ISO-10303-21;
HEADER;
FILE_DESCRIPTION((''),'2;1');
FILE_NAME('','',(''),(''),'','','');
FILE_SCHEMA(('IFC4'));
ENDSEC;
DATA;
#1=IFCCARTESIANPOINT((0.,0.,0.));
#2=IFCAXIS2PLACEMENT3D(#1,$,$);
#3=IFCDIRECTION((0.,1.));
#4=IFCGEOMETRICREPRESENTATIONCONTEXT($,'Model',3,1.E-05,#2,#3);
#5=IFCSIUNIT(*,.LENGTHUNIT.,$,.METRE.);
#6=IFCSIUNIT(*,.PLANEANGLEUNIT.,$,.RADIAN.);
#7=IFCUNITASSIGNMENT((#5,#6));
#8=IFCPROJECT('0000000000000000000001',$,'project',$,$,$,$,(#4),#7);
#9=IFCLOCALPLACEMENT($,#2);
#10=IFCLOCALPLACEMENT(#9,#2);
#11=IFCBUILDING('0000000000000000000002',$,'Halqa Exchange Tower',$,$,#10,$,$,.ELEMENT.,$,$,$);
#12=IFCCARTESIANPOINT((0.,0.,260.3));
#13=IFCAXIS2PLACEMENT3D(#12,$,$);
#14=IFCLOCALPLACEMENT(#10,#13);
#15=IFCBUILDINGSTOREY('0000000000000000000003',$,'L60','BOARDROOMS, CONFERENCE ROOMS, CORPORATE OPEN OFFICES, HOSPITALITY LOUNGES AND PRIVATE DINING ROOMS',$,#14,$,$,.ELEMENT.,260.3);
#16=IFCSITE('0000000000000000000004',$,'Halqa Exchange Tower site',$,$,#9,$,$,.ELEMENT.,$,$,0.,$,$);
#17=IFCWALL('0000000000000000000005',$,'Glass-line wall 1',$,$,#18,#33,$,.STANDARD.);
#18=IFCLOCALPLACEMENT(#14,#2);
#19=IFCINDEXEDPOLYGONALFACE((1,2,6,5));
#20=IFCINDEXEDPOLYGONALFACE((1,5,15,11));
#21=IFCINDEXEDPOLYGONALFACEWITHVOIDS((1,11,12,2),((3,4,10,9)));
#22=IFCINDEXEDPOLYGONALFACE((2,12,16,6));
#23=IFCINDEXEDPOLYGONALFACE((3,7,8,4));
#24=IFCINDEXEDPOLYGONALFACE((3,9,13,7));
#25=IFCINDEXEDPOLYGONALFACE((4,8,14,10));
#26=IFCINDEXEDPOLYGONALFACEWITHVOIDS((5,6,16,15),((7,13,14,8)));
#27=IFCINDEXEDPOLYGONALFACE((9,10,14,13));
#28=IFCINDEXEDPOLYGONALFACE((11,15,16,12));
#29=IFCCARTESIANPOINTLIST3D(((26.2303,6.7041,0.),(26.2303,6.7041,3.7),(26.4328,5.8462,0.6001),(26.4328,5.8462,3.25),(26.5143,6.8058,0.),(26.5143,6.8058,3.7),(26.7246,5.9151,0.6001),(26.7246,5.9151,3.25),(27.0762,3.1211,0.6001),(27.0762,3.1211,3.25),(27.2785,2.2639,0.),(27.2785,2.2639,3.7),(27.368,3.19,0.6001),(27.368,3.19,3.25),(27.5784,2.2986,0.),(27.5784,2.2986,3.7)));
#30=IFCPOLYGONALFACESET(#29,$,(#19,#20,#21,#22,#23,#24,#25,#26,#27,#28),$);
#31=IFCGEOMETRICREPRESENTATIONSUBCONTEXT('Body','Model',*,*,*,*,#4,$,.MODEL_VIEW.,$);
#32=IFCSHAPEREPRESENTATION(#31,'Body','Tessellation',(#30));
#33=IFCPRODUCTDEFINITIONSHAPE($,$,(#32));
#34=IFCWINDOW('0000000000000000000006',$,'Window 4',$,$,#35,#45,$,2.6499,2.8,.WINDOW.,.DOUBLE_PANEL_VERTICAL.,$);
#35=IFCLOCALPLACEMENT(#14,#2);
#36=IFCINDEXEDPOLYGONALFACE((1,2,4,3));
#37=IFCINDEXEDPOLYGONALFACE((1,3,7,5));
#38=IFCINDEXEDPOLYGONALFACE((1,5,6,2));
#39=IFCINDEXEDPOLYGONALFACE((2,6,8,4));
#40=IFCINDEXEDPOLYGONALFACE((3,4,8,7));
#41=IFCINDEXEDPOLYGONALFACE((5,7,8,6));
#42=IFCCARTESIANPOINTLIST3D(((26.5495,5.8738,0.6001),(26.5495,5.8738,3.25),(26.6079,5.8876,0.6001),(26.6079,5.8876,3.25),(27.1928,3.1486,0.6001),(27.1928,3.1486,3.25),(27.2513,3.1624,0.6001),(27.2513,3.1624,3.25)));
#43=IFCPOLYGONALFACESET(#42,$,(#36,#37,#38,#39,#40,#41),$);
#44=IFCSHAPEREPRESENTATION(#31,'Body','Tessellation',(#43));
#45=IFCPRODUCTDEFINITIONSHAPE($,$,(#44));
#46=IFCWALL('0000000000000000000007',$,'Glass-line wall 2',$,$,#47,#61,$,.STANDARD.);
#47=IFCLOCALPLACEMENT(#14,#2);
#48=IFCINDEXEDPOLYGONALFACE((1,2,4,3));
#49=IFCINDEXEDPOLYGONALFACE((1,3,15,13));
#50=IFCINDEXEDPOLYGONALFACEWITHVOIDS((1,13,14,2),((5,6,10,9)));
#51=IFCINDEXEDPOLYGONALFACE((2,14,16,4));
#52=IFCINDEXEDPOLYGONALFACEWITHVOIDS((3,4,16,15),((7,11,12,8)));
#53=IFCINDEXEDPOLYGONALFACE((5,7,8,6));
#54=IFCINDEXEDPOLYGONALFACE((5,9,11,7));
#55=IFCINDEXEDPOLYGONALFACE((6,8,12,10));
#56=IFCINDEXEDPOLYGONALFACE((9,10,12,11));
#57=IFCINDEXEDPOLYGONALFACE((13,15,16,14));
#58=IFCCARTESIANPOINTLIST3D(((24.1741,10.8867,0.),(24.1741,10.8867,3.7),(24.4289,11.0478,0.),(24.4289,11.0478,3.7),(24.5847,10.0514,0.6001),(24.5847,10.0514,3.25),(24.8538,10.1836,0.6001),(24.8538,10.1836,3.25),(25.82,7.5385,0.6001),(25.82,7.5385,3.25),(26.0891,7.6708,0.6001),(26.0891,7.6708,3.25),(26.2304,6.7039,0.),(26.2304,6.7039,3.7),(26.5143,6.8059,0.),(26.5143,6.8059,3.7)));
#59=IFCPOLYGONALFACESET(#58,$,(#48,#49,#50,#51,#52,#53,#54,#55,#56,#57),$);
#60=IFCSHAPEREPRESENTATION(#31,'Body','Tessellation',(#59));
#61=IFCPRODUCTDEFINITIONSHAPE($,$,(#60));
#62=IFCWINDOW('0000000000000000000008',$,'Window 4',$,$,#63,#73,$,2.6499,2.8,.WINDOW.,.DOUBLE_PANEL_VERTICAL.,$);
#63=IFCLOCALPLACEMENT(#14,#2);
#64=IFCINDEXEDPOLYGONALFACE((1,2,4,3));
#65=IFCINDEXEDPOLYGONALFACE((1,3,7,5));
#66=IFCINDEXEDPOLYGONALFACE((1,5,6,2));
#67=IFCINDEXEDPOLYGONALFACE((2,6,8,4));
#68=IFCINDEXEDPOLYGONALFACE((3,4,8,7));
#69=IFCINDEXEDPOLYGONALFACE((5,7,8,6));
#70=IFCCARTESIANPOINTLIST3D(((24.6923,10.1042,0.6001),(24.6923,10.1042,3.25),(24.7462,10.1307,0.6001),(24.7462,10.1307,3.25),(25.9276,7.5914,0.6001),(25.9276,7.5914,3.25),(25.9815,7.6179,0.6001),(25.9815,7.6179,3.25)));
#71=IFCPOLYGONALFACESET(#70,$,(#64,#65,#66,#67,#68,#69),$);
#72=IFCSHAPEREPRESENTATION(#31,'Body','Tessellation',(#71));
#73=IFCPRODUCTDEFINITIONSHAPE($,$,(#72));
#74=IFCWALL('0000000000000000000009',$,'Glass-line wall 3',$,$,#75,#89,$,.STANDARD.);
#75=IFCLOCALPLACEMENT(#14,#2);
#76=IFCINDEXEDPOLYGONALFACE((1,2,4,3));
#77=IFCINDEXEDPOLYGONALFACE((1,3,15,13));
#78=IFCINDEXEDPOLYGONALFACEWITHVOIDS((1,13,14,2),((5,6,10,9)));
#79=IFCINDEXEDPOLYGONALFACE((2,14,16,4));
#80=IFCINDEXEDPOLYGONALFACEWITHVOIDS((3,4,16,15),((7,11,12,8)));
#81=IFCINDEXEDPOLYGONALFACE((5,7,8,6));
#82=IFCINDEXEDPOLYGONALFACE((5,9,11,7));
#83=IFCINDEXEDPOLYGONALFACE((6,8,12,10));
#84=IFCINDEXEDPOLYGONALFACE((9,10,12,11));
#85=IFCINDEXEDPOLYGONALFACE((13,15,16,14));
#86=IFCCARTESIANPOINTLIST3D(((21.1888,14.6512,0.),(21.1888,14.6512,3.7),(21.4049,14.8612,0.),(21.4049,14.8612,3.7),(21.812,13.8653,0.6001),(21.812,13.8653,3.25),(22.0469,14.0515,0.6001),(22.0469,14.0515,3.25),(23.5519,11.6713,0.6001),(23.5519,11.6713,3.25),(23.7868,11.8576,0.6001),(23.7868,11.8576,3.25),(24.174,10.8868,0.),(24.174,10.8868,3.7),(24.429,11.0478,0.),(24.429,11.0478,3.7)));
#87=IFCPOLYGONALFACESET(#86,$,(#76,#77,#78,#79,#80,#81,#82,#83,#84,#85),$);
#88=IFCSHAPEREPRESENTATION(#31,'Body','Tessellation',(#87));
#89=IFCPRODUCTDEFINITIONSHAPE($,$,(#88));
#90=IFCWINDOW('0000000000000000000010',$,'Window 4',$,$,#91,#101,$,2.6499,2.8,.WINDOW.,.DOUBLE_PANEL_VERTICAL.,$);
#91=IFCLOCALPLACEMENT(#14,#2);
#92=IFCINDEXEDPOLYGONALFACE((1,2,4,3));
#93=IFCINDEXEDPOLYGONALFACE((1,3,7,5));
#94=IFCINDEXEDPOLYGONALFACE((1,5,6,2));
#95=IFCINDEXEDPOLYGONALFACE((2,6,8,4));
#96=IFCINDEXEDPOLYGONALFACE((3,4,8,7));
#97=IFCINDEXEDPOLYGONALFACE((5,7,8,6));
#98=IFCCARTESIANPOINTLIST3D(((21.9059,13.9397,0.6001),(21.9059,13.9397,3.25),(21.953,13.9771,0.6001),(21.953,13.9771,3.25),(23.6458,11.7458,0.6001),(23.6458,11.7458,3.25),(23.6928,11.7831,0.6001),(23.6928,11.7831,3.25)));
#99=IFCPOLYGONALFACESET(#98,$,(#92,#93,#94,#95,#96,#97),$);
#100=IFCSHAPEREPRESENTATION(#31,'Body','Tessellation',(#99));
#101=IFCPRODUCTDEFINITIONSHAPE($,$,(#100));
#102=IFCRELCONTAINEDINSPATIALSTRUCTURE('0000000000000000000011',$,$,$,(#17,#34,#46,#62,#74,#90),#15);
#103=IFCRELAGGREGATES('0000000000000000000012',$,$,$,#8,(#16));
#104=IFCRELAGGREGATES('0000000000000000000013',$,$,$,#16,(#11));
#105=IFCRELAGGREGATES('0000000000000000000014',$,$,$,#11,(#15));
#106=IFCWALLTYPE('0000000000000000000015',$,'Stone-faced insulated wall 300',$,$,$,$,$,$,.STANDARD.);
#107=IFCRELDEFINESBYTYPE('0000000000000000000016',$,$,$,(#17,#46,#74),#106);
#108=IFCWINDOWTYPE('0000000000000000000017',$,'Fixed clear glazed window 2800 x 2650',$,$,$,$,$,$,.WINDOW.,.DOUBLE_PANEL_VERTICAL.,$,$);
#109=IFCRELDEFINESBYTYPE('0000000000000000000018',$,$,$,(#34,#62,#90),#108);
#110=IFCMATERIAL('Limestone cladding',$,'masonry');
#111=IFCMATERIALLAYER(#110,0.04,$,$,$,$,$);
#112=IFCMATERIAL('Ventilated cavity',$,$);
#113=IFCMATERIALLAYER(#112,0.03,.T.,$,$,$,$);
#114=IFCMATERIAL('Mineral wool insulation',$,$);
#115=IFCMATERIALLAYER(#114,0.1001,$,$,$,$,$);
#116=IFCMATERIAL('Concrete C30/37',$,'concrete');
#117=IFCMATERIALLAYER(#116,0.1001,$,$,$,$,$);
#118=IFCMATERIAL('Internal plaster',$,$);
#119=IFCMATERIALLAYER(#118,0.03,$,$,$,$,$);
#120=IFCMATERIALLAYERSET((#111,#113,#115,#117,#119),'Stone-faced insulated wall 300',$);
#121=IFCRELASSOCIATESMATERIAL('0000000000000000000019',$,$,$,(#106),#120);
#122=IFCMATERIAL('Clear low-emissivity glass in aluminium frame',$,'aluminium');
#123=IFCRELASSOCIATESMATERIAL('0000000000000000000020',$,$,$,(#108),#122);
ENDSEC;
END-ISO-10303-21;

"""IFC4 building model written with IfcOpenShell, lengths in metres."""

from ifc_helpers import new_model, si_unit, direction, frame, frame_2d, origin, place, context, subcontext, project, spatial, polyline, rectangle, outline, extrude, material, layer, layer_set, type_object, element, fill, save


model = new_model("IFC4")

# Units and contexts
model_context = context("Model", 3, precision=1e-05, world=origin(), true_north=direction((0.0, 1.0)))
body_context = subcontext(model_context, "Body", "Model", "MODEL_VIEW")
ifc_project = project(units=[si_unit("LENGTHUNIT", "METRE"), si_unit("PLANEANGLEUNIT", "RADIAN")], contexts=[model_context])

# Site, building, storey
site_placement = place(None, origin())
site = spatial("IfcSite", under=ifc_project, at=site_placement, Name="Halqa Exchange Tower site", CompositionType="ELEMENT", RefElevation=0.0)
building_placement = place(site_placement, origin())
building = spatial("IfcBuilding", under=site, at=building_placement, Name="Halqa Exchange Tower", CompositionType="ELEMENT")
storey_placement = place(building_placement, frame((0.0, 0.0, 260.3)))
storey = spatial("IfcBuildingStorey", under=building, at=storey_placement, Name="L60", Description="BOARDROOMS, CONFERENCE ROOMS, CORPORATE OPEN OFFICES, HOSPITALITY LOUNGES AND PRIVATE DINING ROOMS", CompositionType="ELEMENT", Elevation=260.3)

# Walls, openings, windows
ifc_material_1 = material(Name="Limestone cladding", Category="masonry")
ifc_layer_1 = layer(ifc_material_1, 0.04)
ifc_material_2 = material(Name="Ventilated cavity")
ifc_layer_2 = layer(ifc_material_2, 0.03, ventilated=True)
ifc_material_3 = material(Name="Mineral wool insulation")
ifc_layer_3 = layer(ifc_material_3, 0.1001)
ifc_material_4 = material(Name="Concrete C30/37", Category="concrete")
ifc_layer_4 = layer(ifc_material_4, 0.1001)
ifc_material_5 = material(Name="Internal plaster")
ifc_layer_5 = layer(ifc_material_5, 0.03)
ifc_layer_set_1 = layer_set([ifc_layer_1, ifc_layer_2, ifc_layer_3, ifc_layer_4, ifc_layer_5], Name="Stone-faced insulated wall 300")
wall_type_1 = type_object("IfcWallType", Name="Stone-faced insulated wall 300", PredefinedType="STANDARD", material=ifc_layer_set_1)
wall_1_placement = place(storey_placement, frame((27.4285, 2.2812, 0.0), z_axis=(0.0, 0.0, 1.0), x_axis=(-0.229768, 0.973246, 0.0)))
wall_1 = element("IfcWall", 1, at=wall_1_placement, inside=storey, type_object=wall_type_1, Name="Glass-line wall 1", PredefinedType="STANDARD", context=body_context, shape_type="SweptSolid", body=[
    extrude(outline(polyline([(-0.0176, -0.1499), (4.6135, -0.1499), (4.5798, 0.1499), (0.0176, 0.1499), (-0.0176, -0.1499)])), origin(), (0.0, 0.0, 1.0), 3.7),
])
opening_1_placement = place(wall_1_placement, frame((0.8984, 0.0, 0.6001)))
opening_1 = element("IfcOpeningElement", 2, at=opening_1_placement, cuts=wall_1, PredefinedType="OPENING", context=body_context, shape_type="SweptSolid", body=[
    extrude(rectangle(XDim=2.8, YDim=2.6499, at=frame_2d((1.3999, 1.325))), frame((0.0, 0.1621, 0.0), z_axis=(0.0, -1.0, 0.0), x_axis=(1.0, 0.0, 0.0)), (0.0, 0.0, 1.0), 0.324),
])
ifc_material_6 = material(Name="Clear low-emissivity glass in aluminium frame", Category="aluminium")
window_type = type_object("IfcWindowType", Name="Fixed clear glazed window 2800 x 2650", PartitioningType="DOUBLE_PANEL_VERTICAL", PredefinedType="WINDOW", material=ifc_material_6)
window_1_placement = place(opening_1_placement, origin())
window_1 = element("IfcWindow", 3, at=window_1_placement, inside=storey, type_object=window_type, Name="Window 4", OverallHeight=2.6499, OverallWidth=2.8, PartitioningType="DOUBLE_PANEL_VERTICAL", PredefinedType="WINDOW", context=body_context, shape_type="SweptSolid", body=[
    extrude(rectangle(XDim=2.8, YDim=2.6499, at=frame_2d((1.3999, 1.325))), frame((0.0, 0.03, 0.0), z_axis=(0.0, -1.0, 0.0), x_axis=(1.0, 0.0, 0.0)), (0.0, 0.0, 1.0), 0.0601),
])
fill(opening_1, window_1)
wall_2_placement = place(storey_placement, frame((26.3723, 6.7549, 0.0), z_axis=(0.0, 0.0, 1.0), x_axis=(-0.44117, 0.897424, 0.0)))
wall_2 = element("IfcWall", 4, at=wall_2_placement, inside=storey, type_object=wall_type_1, Name="Glass-line wall 2", PredefinedType="STANDARD", context=body_context, shape_type="SweptSolid", body=[
    extrude(outline(polyline([(-0.0168, -0.1499), (4.71, -0.1499), (4.6777, 0.1499), (0.0168, 0.1499), (-0.0168, -0.1499)])), origin(), (0.0, 0.0, 1.0), 3.7),
])
opening_2_placement = place(wall_2_placement, frame((0.947, 0.0, 0.6001)))
opening_2 = element("IfcOpeningElement", 5, at=opening_2_placement, cuts=wall_2, PredefinedType="OPENING", context=body_context, shape_type="SweptSolid", body=[
    extrude(rectangle(XDim=2.8, YDim=2.6499, at=frame_2d((1.3999, 1.325))), frame((0.0, 0.1621, 0.0), z_axis=(0.0, -1.0, 0.0), x_axis=(1.0, 0.0, 0.0)), (0.0, 0.0, 1.0), 0.324),
])
window_2_placement = place(opening_2_placement, origin())
window_2 = element("IfcWindow", 6, at=window_2_placement, inside=storey, type_object=window_type, Name="Window 4", OverallHeight=2.6499, OverallWidth=2.8, PartitioningType="DOUBLE_PANEL_VERTICAL", PredefinedType="WINDOW", context=body_context, shape_type="SweptSolid", body=[
    extrude(rectangle(XDim=2.8, YDim=2.6499, at=frame_2d((1.3999, 1.325))), frame((0.0, 0.03, 0.0), z_axis=(0.0, -1.0, 0.0), x_axis=(1.0, 0.0, 0.0)), (0.0, 0.0, 1.0), 0.0601),
])
fill(opening_2, window_2)
wall_3_placement = place(storey_placement, frame((24.3015, 10.9673, 0.0), z_axis=(0.0, 0.0, 1.0), x_axis=(-0.621358, 0.783526, 0.0)))
wall_3 = element("IfcWall", 7, at=wall_3_placement, inside=storey, type_object=wall_type_1, Name="Glass-line wall 3", PredefinedType="STANDARD", context=body_context, shape_type="SweptSolid", body=[
    extrude(outline(polyline([(-0.0161, -0.1499), (4.8508, -0.1499), (4.8206, 0.1499), (0.0161, 0.1499), (-0.0161, -0.1499)])), origin(), (0.0, 0.0, 1.0), 3.7),
])
opening_3_placement = place(wall_3_placement, frame((1.0176, 0.0, 0.6001)))
opening_3 = element("IfcOpeningElement", 8, at=opening_3_placement, cuts=wall_3, PredefinedType="OPENING", context=body_context, shape_type="SweptSolid", body=[
    extrude(rectangle(XDim=2.8, YDim=2.6499, at=frame_2d((1.3999, 1.325))), frame((0.0, 0.1621, 0.0), z_axis=(0.0, -1.0, 0.0), x_axis=(1.0, 0.0, 0.0)), (0.0, 0.0, 1.0), 0.324),
])
window_3_placement = place(opening_3_placement, origin())
window_3 = element("IfcWindow", 9, at=window_3_placement, inside=storey, type_object=window_type, Name="Window 4", OverallHeight=2.6499, OverallWidth=2.8, PartitioningType="DOUBLE_PANEL_VERTICAL", PredefinedType="WINDOW", context=body_context, shape_type="SweptSolid", body=[
    extrude(rectangle(XDim=2.8, YDim=2.6499, at=frame_2d((1.3999, 1.325))), frame((0.0, 0.03, 0.0), z_axis=(0.0, -1.0, 0.0), x_axis=(1.0, 0.0, 0.0)), (0.0, 0.0, 1.0), 0.0601),
])
fill(opening_3, window_3)

save(model, "model.ifc")
